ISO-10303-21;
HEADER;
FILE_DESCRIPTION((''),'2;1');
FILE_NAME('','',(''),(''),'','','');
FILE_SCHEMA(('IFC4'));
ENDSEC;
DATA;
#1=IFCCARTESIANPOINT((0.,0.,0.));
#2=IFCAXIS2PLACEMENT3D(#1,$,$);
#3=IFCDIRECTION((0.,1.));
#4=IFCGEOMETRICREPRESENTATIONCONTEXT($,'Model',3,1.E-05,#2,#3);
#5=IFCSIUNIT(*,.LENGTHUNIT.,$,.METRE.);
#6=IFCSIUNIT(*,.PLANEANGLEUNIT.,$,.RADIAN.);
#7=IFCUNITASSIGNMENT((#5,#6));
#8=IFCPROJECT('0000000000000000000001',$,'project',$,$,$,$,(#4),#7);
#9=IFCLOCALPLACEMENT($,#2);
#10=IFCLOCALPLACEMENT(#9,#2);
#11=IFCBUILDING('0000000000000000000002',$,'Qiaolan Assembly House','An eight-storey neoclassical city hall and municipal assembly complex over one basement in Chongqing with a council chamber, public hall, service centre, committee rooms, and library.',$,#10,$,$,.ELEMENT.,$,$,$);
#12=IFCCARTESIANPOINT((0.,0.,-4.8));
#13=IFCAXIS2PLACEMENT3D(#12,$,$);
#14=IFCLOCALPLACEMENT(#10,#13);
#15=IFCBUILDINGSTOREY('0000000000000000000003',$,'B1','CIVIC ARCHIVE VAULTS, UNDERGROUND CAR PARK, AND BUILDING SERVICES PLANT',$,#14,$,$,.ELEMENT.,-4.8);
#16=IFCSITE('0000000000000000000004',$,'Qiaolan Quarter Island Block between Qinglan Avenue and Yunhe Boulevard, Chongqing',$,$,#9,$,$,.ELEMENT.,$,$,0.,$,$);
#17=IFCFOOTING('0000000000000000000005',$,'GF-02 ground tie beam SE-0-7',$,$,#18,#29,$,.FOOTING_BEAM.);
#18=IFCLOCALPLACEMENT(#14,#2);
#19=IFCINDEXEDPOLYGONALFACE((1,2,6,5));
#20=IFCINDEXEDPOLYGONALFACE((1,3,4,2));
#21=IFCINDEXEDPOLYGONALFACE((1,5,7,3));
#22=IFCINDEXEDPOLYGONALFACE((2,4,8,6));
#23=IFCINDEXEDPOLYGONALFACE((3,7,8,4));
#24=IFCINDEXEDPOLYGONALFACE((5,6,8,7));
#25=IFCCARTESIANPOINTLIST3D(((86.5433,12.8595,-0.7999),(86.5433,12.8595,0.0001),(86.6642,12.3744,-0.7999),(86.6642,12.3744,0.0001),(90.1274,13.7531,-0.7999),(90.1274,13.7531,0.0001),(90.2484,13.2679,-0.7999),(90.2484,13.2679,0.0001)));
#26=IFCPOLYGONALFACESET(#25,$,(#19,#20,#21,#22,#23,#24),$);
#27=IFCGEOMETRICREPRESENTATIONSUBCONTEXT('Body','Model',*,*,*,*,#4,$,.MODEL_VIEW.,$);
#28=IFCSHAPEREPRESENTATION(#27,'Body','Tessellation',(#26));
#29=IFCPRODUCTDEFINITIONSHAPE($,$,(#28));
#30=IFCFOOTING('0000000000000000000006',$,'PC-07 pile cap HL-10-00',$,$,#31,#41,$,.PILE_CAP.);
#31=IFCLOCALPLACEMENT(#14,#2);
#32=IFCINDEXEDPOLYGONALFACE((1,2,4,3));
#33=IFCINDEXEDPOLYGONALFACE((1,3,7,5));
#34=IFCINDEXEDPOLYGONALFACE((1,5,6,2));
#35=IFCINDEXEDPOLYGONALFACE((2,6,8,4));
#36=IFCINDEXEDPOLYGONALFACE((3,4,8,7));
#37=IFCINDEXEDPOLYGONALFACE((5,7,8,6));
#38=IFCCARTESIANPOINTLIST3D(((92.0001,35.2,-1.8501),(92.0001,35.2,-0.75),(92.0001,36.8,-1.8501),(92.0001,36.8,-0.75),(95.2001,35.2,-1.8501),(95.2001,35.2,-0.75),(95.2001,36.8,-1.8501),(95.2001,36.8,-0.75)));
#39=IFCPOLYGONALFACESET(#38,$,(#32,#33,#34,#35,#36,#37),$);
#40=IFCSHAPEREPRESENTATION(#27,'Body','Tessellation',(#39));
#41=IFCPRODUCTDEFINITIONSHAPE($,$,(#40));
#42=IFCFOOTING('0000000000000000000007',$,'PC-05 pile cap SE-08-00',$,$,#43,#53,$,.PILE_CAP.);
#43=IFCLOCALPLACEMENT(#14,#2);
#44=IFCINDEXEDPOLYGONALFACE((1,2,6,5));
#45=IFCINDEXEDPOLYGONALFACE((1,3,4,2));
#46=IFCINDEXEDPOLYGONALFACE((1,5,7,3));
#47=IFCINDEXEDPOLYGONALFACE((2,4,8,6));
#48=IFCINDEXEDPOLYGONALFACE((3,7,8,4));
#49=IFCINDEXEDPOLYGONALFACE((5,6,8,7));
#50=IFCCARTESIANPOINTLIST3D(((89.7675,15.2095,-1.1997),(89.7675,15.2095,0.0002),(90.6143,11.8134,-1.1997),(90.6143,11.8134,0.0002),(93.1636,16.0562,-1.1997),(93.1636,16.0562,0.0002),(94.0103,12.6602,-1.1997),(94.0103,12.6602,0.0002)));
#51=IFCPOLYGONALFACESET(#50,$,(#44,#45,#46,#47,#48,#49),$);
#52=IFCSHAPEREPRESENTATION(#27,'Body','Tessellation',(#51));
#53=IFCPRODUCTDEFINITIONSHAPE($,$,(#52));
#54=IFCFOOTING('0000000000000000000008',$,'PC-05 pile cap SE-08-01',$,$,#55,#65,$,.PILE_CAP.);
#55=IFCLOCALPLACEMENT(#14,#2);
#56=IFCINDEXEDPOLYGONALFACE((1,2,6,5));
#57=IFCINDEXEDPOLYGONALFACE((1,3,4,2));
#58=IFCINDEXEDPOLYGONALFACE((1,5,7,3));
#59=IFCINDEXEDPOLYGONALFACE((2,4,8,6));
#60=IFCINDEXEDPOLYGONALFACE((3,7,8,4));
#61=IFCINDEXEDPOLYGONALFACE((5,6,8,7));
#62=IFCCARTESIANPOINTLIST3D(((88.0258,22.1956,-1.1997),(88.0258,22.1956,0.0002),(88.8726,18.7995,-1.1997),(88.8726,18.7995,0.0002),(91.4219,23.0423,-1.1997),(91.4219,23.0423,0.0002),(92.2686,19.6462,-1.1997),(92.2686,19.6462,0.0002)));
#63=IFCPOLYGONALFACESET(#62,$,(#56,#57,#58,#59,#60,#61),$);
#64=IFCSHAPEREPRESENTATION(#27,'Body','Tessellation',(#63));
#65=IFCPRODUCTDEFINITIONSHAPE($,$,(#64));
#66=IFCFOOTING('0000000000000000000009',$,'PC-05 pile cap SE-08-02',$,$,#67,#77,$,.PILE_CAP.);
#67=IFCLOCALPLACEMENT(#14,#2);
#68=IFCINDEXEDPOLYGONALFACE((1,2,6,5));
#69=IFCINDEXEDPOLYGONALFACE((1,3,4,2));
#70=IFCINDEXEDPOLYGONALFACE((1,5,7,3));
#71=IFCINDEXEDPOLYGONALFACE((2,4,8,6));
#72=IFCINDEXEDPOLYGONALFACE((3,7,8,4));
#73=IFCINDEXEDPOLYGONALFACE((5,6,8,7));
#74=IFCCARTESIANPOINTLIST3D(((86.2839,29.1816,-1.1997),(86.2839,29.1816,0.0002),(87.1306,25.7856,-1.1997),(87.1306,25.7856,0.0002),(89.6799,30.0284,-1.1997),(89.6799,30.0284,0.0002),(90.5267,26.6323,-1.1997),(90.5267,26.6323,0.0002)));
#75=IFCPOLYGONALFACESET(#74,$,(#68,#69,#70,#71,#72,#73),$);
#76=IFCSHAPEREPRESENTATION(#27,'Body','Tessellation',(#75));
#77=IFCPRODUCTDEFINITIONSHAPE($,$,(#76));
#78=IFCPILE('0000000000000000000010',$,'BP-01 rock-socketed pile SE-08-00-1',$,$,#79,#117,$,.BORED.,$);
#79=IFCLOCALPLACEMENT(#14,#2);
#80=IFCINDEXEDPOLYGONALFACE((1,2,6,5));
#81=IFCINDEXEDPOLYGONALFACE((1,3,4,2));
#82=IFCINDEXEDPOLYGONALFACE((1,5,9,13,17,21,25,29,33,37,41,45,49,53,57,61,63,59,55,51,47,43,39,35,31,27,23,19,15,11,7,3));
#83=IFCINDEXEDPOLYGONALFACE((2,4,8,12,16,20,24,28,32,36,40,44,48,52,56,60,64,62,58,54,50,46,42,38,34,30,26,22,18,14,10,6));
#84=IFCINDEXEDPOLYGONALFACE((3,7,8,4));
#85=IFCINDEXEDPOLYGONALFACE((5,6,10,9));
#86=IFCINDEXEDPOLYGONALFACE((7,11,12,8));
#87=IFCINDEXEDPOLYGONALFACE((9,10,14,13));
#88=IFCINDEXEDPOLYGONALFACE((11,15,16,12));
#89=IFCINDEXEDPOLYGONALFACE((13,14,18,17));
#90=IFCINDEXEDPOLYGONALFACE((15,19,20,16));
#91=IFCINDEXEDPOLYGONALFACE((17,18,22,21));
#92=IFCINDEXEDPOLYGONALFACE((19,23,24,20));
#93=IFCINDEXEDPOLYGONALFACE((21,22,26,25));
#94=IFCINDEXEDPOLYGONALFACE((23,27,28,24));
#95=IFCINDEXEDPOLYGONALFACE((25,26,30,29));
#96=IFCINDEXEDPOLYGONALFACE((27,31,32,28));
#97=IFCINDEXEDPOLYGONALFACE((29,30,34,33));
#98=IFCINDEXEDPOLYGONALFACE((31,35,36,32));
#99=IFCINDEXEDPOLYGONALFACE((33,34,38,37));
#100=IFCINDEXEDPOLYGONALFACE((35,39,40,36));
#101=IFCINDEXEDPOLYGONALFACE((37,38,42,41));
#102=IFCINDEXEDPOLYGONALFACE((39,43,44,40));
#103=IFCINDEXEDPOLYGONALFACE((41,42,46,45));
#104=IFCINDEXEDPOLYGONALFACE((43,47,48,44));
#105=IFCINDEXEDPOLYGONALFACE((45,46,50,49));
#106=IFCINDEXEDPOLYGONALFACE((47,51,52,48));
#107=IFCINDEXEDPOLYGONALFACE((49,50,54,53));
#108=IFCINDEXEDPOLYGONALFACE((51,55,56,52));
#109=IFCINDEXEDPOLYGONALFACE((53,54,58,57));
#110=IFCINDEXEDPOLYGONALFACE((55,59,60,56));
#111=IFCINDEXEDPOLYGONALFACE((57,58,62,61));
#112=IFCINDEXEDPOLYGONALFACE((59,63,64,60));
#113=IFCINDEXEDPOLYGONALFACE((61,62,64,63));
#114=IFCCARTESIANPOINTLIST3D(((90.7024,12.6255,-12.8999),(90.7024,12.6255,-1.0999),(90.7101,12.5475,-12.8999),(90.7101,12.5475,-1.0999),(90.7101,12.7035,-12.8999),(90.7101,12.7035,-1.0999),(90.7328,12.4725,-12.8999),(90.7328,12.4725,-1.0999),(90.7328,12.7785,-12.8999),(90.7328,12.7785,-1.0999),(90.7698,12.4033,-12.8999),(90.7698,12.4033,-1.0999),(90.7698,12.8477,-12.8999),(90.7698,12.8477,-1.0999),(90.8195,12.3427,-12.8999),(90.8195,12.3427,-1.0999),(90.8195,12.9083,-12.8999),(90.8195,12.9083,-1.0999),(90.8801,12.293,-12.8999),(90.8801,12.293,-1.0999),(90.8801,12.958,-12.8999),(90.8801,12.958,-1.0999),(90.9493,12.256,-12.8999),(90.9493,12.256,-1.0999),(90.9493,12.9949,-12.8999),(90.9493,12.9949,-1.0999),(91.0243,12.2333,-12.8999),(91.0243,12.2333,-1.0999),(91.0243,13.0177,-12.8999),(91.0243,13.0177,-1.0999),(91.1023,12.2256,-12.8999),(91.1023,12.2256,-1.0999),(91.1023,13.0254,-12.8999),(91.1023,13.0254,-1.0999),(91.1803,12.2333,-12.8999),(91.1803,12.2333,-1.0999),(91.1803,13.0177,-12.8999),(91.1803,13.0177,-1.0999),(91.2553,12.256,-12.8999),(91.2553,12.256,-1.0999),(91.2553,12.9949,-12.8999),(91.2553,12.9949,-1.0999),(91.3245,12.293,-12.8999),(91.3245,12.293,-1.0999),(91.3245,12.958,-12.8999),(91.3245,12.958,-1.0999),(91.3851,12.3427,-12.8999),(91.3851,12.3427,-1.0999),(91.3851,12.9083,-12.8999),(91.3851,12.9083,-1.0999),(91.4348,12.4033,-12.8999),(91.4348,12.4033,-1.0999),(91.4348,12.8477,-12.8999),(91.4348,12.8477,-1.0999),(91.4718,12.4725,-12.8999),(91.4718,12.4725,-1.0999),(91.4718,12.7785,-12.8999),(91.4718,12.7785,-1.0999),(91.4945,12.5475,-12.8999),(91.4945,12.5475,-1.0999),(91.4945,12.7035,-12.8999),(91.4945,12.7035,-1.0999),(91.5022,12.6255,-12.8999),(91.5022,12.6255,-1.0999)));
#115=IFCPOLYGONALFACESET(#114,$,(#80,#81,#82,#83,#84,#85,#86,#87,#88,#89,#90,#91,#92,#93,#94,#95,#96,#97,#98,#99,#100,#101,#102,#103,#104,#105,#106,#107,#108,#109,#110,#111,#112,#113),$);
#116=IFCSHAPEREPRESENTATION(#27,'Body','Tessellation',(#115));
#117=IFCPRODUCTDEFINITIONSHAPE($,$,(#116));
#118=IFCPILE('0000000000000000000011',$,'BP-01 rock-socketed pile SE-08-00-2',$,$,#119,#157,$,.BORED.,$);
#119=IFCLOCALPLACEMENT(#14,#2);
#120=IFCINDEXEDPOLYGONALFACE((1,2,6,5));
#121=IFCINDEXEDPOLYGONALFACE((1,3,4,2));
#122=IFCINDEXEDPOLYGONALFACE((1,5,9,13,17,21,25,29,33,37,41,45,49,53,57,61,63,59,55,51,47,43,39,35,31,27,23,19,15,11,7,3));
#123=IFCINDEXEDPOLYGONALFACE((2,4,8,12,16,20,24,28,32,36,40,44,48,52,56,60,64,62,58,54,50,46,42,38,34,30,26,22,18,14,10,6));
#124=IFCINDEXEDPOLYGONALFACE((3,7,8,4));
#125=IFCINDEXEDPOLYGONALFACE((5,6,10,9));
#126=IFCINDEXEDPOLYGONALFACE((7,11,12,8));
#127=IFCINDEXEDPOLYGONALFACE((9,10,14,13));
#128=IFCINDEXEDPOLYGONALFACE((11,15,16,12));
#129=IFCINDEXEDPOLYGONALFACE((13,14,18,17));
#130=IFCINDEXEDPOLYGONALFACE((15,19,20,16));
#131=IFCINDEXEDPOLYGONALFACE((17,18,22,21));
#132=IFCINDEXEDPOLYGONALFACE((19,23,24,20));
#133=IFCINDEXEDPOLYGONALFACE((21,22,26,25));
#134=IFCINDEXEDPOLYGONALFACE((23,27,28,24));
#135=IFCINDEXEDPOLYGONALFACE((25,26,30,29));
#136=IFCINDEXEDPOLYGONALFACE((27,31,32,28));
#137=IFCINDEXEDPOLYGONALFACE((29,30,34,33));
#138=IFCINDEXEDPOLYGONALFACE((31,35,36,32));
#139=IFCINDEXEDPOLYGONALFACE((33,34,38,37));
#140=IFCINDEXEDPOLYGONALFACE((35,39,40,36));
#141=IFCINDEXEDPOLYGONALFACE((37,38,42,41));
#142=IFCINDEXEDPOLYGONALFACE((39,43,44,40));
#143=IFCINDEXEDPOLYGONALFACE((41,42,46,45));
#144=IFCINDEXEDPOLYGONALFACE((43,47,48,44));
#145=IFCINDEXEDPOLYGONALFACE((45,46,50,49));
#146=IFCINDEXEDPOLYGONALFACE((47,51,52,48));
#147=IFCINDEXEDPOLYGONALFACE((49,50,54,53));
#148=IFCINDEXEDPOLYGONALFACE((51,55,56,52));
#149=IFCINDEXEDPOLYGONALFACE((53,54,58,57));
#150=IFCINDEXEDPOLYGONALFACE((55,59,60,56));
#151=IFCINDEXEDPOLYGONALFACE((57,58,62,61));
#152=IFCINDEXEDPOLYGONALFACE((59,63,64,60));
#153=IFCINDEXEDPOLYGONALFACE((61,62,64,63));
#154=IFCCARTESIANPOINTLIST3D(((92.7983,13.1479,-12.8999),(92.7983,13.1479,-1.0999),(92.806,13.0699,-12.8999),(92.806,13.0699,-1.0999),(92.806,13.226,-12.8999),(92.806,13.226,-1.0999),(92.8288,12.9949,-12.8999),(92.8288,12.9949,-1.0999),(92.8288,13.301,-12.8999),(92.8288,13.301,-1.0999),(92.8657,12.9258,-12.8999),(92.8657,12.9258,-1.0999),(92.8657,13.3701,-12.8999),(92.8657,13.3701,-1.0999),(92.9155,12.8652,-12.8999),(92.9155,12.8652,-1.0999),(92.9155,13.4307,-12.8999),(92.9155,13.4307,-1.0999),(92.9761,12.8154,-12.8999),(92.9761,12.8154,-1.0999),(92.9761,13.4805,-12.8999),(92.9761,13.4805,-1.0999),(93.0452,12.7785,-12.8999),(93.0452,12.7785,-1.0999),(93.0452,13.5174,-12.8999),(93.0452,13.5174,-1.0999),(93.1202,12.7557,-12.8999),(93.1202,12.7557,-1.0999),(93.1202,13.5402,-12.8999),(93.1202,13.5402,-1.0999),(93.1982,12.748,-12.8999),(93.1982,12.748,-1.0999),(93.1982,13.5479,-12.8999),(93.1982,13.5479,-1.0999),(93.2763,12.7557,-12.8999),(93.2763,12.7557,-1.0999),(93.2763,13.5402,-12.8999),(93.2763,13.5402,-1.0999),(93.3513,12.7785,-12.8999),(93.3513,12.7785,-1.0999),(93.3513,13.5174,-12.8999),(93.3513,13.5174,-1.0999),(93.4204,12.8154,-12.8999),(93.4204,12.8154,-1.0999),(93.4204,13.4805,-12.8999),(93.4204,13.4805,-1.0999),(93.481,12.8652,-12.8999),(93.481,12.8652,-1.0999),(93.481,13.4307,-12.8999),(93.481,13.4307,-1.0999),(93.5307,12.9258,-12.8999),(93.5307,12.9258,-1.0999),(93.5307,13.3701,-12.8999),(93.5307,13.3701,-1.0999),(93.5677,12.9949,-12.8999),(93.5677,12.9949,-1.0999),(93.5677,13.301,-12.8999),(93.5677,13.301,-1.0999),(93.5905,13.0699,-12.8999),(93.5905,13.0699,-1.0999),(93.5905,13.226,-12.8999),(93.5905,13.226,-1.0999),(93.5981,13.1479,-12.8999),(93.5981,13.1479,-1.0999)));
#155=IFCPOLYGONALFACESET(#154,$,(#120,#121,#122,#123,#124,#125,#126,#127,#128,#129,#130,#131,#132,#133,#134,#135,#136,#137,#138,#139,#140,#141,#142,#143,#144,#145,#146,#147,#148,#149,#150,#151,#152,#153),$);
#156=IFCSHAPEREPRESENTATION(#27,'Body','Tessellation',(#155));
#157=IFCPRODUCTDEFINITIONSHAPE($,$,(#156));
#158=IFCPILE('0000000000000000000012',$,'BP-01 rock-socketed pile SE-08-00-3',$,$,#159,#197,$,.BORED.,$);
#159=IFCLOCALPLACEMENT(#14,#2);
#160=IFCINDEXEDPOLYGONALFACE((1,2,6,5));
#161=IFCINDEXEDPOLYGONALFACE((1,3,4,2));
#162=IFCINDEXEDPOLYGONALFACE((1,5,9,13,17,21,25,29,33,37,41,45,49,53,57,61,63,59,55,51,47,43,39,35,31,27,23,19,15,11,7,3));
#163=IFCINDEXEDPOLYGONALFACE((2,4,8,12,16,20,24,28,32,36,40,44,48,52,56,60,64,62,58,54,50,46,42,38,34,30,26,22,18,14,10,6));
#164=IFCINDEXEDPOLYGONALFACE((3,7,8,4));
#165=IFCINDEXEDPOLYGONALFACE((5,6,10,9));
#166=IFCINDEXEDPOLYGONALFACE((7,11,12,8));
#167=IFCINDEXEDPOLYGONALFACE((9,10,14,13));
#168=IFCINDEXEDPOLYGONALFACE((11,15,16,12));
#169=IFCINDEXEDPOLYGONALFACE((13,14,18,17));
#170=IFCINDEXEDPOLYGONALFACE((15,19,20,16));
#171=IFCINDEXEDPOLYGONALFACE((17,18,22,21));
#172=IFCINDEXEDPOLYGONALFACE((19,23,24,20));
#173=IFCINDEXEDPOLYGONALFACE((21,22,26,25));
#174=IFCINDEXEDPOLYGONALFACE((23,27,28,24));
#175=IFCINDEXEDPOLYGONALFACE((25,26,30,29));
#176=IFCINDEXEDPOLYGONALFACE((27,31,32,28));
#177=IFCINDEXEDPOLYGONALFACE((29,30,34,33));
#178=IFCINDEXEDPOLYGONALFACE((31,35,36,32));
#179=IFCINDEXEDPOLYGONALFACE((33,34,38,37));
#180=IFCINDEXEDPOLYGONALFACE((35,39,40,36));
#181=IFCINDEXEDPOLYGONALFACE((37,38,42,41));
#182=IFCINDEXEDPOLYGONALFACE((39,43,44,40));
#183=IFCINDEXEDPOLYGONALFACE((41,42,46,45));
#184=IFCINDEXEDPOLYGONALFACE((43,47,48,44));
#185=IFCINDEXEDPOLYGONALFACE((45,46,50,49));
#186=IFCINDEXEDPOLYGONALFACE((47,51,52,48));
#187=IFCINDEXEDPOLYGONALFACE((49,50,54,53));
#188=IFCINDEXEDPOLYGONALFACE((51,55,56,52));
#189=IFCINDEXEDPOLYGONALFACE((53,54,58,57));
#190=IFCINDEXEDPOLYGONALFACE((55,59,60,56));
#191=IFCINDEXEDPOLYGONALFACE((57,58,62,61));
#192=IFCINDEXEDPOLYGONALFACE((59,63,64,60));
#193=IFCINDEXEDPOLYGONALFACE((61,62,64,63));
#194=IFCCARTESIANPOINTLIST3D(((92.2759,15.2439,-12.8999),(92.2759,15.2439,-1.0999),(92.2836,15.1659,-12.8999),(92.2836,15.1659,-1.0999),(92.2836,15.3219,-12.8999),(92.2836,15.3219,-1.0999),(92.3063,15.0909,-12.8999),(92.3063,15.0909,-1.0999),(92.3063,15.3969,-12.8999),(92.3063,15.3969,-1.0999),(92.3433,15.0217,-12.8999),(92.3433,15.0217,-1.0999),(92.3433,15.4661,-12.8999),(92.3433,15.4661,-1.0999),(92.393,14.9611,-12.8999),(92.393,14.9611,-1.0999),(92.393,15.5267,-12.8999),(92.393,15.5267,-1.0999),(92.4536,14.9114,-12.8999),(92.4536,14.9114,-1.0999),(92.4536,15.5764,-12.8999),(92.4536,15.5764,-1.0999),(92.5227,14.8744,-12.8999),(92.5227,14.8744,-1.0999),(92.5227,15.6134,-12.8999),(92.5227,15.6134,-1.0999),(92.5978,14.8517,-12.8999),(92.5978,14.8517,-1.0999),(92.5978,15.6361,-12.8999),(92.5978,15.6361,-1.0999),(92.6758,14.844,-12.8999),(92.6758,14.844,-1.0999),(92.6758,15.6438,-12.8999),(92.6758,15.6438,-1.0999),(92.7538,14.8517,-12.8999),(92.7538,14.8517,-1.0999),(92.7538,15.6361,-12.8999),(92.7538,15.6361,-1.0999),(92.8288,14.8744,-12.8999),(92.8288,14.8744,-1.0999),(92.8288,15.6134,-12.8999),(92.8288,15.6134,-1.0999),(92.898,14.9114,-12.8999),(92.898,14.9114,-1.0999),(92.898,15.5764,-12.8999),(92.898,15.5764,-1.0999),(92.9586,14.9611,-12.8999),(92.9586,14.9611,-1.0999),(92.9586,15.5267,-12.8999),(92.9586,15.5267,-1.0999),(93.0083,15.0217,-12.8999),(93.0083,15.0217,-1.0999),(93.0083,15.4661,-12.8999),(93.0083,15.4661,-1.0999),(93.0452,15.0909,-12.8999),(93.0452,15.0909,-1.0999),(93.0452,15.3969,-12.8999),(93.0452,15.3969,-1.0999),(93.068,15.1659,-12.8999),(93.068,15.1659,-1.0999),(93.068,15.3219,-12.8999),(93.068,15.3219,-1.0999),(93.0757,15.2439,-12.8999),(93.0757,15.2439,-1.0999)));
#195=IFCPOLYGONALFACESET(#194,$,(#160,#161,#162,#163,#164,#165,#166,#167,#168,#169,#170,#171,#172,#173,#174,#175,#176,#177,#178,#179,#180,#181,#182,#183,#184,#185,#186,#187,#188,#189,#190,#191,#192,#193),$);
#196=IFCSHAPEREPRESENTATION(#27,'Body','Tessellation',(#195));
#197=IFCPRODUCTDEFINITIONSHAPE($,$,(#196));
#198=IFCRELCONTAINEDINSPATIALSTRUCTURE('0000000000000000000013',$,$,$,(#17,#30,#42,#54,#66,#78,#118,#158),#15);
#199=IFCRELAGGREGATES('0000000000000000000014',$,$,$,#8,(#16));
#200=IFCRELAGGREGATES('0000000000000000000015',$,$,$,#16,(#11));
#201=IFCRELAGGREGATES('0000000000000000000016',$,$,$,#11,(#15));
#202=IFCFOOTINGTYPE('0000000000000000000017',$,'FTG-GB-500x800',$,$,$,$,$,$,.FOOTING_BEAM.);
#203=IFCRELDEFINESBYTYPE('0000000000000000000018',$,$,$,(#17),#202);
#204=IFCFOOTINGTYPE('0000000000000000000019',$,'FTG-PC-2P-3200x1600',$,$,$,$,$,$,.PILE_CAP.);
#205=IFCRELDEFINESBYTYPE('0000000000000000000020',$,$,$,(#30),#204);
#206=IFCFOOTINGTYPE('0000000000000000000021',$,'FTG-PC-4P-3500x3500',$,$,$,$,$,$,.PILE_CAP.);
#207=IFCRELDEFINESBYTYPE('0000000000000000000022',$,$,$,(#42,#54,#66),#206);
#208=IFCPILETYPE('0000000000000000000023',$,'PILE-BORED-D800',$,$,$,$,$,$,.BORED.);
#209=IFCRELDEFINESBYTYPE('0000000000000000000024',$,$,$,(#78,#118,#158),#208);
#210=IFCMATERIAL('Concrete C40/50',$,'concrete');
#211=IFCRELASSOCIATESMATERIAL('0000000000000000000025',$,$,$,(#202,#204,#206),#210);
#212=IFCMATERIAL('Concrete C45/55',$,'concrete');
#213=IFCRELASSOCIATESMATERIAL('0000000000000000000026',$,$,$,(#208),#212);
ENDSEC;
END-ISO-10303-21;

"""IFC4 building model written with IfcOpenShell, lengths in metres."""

from ifc_helpers import new_model, si_unit, direction, frame, origin, origin_2d, place, context, subcontext, project, spatial, rectangle, circle, extrude, material, material_profile, profile_set, type_object, element, save


model = new_model("IFC4")

# Units and contexts
model_context = context("Model", 3, precision=1e-05, world=origin(), true_north=direction((0.0, 1.0)))
body_context = subcontext(model_context, "Body", "Model", "MODEL_VIEW")
ifc_project = project(units=[si_unit("LENGTHUNIT", "METRE"), si_unit("PLANEANGLEUNIT", "RADIAN")], contexts=[model_context])

# Site, building, storey
site_placement = place(None, origin())
site = spatial("IfcSite", under=ifc_project, at=site_placement, Name="Qiaolan Quarter Island Block between Qinglan Avenue and Yunhe Boulevard, Chongqing", CompositionType="ELEMENT", RefElevation=0.0)
building_placement = place(site_placement, origin())
building = spatial("IfcBuilding", under=site, at=building_placement, Name="Qiaolan Assembly House", Description="An eight-storey neoclassical city hall and municipal assembly complex over one basement in Chongqing with a council chamber, public hall, service centre, committee rooms, and library.", CompositionType="ELEMENT")
storey_placement = place(building_placement, frame((0.0, 0.0, -4.8)))
storey = spatial("IfcBuildingStorey", under=building, at=storey_placement, Name="B1", Description="CIVIC ARCHIVE VAULTS, UNDERGROUND CAR PARK, AND BUILDING SERVICES PLANT", CompositionType="ELEMENT", Elevation=-4.8)

# Footings
ifc_material_1 = material(Name="Concrete C40/50", Category="concrete")
ifc_material_profile_1 = material_profile(ifc_material_1, rectangle(XDim=0.5, YDim=0.8, at=origin_2d()), Name="GF 500x800")
ifc_profile_set_1 = profile_set([ifc_material_profile_1], Name="Concrete C40/50")
footing_type_1 = type_object("IfcFootingType", Name="FTG-GB-500x800", PredefinedType="FOOTING_BEAM", material=ifc_profile_set_1)
footing_1_placement = place(storey_placement, frame((86.6038, 12.6169, -0.3999), z_axis=(0.970302, 0.241898, 0.0), x_axis=(-0.241898, 0.970302, 0.0)))
element("IfcFooting", 1, at=footing_1_placement, inside=storey, type_object=footing_type_1, Name="GF-02 ground tie beam SE-0-7", PredefinedType="FOOTING_BEAM", context=body_context, shape_type="SweptSolid", body=[
    extrude(rectangle(XDim=0.5, YDim=0.8, at=origin_2d()), origin(), (0.0, 0.0, 1.0), 3.6938),
])
footing_type_2 = type_object("IfcFootingType", Name="FTG-PC-2P-3200x1600", PredefinedType="PILE_CAP", material=ifc_material_1)
footing_2_placement = place(storey_placement, frame((93.6001, 36.0, -1.8501), z_axis=(0.0, 0.0, 1.0), x_axis=(1.0, 0.0, 0.0)))
element("IfcFooting", 2, at=footing_2_placement, inside=storey, type_object=footing_type_2, Name="PC-07 pile cap HL-10-00", PredefinedType="PILE_CAP", context=body_context, shape_type="SweptSolid", body=[
    extrude(rectangle(XDim=3.2, YDim=1.6001, at=origin_2d()), origin(), (0.0, 0.0, 1.0), 1.1001),
])
footing_type_3 = type_object("IfcFootingType", Name="FTG-PC-4P-3500x3500", PredefinedType="PILE_CAP", material=ifc_material_1)
for number, where, z_axis, x_axis, name in (
    (3, (91.8889, 13.9348, -1.1997), (0.0, 0.0, 1.0), (0.970296, 0.241922, 0.0), "PC-05 pile cap SE-08-00"),
    (4, (90.1472, 20.9209, -1.1997), (0.0, 0.0, 1.0), (0.970296, 0.241922, 0.0), "PC-05 pile cap SE-08-01"),
    (5, (88.4053, 27.907, -1.1997), (0.0, 0.0, 1.0), (0.970296, 0.241922, 0.0), "PC-05 pile cap SE-08-02"),
):
    element("IfcFooting", number, at=place(storey_placement, frame(where, z_axis=z_axis, x_axis=x_axis)), inside=storey, type_object=footing_type_3, Name=name, PredefinedType="PILE_CAP", context=body_context, shape_type="SweptSolid", body=[
        extrude(rectangle(XDim=3.5, YDim=3.5, at=origin_2d()), origin(), (0.0, 0.0, 1.0), 1.2),
    ])

# Piles
ifc_material_2 = material(Name="Concrete C45/55", Category="concrete")
ifc_material_profile_2 = material_profile(ifc_material_2, circle(Radius=0.3999, at=origin_2d()), Name="PILE D800")
ifc_profile_set_2 = profile_set([ifc_material_profile_2], Name="Concrete C45/55")
pile_type_1 = type_object("IfcPileType", Name="PILE-BORED-D800", PredefinedType="BORED", material=ifc_profile_set_2)
for number, where, z_axis, x_axis, name in (
    (6, (91.1023, 12.6255, -1.0999), (0.0, 0.0, -1.0), (1.0, 0.0, 0.0), "BP-01 rock-socketed pile SE-08-00-1"),
    (7, (93.1982, 13.1479, -1.0999), (0.0, 0.0, -1.0), (1.0, 0.0, 0.0), "BP-01 rock-socketed pile SE-08-00-2"),
    (8, (92.6758, 15.2439, -1.0999), (0.0, 0.0, -1.0), (1.0, 0.0, 0.0), "BP-01 rock-socketed pile SE-08-00-3"),
):
    element("IfcPile", number, at=place(storey_placement, frame(where, z_axis=z_axis, x_axis=x_axis)), inside=storey, type_object=pile_type_1, Name=name, PredefinedType="BORED", context=body_context, shape_type="SweptSolid", body=[
        extrude(circle(Radius=0.3999, at=origin_2d()), origin(), (0.0, 0.0, 1.0), 11.8),
    ])

save(model, "model.ifc")
